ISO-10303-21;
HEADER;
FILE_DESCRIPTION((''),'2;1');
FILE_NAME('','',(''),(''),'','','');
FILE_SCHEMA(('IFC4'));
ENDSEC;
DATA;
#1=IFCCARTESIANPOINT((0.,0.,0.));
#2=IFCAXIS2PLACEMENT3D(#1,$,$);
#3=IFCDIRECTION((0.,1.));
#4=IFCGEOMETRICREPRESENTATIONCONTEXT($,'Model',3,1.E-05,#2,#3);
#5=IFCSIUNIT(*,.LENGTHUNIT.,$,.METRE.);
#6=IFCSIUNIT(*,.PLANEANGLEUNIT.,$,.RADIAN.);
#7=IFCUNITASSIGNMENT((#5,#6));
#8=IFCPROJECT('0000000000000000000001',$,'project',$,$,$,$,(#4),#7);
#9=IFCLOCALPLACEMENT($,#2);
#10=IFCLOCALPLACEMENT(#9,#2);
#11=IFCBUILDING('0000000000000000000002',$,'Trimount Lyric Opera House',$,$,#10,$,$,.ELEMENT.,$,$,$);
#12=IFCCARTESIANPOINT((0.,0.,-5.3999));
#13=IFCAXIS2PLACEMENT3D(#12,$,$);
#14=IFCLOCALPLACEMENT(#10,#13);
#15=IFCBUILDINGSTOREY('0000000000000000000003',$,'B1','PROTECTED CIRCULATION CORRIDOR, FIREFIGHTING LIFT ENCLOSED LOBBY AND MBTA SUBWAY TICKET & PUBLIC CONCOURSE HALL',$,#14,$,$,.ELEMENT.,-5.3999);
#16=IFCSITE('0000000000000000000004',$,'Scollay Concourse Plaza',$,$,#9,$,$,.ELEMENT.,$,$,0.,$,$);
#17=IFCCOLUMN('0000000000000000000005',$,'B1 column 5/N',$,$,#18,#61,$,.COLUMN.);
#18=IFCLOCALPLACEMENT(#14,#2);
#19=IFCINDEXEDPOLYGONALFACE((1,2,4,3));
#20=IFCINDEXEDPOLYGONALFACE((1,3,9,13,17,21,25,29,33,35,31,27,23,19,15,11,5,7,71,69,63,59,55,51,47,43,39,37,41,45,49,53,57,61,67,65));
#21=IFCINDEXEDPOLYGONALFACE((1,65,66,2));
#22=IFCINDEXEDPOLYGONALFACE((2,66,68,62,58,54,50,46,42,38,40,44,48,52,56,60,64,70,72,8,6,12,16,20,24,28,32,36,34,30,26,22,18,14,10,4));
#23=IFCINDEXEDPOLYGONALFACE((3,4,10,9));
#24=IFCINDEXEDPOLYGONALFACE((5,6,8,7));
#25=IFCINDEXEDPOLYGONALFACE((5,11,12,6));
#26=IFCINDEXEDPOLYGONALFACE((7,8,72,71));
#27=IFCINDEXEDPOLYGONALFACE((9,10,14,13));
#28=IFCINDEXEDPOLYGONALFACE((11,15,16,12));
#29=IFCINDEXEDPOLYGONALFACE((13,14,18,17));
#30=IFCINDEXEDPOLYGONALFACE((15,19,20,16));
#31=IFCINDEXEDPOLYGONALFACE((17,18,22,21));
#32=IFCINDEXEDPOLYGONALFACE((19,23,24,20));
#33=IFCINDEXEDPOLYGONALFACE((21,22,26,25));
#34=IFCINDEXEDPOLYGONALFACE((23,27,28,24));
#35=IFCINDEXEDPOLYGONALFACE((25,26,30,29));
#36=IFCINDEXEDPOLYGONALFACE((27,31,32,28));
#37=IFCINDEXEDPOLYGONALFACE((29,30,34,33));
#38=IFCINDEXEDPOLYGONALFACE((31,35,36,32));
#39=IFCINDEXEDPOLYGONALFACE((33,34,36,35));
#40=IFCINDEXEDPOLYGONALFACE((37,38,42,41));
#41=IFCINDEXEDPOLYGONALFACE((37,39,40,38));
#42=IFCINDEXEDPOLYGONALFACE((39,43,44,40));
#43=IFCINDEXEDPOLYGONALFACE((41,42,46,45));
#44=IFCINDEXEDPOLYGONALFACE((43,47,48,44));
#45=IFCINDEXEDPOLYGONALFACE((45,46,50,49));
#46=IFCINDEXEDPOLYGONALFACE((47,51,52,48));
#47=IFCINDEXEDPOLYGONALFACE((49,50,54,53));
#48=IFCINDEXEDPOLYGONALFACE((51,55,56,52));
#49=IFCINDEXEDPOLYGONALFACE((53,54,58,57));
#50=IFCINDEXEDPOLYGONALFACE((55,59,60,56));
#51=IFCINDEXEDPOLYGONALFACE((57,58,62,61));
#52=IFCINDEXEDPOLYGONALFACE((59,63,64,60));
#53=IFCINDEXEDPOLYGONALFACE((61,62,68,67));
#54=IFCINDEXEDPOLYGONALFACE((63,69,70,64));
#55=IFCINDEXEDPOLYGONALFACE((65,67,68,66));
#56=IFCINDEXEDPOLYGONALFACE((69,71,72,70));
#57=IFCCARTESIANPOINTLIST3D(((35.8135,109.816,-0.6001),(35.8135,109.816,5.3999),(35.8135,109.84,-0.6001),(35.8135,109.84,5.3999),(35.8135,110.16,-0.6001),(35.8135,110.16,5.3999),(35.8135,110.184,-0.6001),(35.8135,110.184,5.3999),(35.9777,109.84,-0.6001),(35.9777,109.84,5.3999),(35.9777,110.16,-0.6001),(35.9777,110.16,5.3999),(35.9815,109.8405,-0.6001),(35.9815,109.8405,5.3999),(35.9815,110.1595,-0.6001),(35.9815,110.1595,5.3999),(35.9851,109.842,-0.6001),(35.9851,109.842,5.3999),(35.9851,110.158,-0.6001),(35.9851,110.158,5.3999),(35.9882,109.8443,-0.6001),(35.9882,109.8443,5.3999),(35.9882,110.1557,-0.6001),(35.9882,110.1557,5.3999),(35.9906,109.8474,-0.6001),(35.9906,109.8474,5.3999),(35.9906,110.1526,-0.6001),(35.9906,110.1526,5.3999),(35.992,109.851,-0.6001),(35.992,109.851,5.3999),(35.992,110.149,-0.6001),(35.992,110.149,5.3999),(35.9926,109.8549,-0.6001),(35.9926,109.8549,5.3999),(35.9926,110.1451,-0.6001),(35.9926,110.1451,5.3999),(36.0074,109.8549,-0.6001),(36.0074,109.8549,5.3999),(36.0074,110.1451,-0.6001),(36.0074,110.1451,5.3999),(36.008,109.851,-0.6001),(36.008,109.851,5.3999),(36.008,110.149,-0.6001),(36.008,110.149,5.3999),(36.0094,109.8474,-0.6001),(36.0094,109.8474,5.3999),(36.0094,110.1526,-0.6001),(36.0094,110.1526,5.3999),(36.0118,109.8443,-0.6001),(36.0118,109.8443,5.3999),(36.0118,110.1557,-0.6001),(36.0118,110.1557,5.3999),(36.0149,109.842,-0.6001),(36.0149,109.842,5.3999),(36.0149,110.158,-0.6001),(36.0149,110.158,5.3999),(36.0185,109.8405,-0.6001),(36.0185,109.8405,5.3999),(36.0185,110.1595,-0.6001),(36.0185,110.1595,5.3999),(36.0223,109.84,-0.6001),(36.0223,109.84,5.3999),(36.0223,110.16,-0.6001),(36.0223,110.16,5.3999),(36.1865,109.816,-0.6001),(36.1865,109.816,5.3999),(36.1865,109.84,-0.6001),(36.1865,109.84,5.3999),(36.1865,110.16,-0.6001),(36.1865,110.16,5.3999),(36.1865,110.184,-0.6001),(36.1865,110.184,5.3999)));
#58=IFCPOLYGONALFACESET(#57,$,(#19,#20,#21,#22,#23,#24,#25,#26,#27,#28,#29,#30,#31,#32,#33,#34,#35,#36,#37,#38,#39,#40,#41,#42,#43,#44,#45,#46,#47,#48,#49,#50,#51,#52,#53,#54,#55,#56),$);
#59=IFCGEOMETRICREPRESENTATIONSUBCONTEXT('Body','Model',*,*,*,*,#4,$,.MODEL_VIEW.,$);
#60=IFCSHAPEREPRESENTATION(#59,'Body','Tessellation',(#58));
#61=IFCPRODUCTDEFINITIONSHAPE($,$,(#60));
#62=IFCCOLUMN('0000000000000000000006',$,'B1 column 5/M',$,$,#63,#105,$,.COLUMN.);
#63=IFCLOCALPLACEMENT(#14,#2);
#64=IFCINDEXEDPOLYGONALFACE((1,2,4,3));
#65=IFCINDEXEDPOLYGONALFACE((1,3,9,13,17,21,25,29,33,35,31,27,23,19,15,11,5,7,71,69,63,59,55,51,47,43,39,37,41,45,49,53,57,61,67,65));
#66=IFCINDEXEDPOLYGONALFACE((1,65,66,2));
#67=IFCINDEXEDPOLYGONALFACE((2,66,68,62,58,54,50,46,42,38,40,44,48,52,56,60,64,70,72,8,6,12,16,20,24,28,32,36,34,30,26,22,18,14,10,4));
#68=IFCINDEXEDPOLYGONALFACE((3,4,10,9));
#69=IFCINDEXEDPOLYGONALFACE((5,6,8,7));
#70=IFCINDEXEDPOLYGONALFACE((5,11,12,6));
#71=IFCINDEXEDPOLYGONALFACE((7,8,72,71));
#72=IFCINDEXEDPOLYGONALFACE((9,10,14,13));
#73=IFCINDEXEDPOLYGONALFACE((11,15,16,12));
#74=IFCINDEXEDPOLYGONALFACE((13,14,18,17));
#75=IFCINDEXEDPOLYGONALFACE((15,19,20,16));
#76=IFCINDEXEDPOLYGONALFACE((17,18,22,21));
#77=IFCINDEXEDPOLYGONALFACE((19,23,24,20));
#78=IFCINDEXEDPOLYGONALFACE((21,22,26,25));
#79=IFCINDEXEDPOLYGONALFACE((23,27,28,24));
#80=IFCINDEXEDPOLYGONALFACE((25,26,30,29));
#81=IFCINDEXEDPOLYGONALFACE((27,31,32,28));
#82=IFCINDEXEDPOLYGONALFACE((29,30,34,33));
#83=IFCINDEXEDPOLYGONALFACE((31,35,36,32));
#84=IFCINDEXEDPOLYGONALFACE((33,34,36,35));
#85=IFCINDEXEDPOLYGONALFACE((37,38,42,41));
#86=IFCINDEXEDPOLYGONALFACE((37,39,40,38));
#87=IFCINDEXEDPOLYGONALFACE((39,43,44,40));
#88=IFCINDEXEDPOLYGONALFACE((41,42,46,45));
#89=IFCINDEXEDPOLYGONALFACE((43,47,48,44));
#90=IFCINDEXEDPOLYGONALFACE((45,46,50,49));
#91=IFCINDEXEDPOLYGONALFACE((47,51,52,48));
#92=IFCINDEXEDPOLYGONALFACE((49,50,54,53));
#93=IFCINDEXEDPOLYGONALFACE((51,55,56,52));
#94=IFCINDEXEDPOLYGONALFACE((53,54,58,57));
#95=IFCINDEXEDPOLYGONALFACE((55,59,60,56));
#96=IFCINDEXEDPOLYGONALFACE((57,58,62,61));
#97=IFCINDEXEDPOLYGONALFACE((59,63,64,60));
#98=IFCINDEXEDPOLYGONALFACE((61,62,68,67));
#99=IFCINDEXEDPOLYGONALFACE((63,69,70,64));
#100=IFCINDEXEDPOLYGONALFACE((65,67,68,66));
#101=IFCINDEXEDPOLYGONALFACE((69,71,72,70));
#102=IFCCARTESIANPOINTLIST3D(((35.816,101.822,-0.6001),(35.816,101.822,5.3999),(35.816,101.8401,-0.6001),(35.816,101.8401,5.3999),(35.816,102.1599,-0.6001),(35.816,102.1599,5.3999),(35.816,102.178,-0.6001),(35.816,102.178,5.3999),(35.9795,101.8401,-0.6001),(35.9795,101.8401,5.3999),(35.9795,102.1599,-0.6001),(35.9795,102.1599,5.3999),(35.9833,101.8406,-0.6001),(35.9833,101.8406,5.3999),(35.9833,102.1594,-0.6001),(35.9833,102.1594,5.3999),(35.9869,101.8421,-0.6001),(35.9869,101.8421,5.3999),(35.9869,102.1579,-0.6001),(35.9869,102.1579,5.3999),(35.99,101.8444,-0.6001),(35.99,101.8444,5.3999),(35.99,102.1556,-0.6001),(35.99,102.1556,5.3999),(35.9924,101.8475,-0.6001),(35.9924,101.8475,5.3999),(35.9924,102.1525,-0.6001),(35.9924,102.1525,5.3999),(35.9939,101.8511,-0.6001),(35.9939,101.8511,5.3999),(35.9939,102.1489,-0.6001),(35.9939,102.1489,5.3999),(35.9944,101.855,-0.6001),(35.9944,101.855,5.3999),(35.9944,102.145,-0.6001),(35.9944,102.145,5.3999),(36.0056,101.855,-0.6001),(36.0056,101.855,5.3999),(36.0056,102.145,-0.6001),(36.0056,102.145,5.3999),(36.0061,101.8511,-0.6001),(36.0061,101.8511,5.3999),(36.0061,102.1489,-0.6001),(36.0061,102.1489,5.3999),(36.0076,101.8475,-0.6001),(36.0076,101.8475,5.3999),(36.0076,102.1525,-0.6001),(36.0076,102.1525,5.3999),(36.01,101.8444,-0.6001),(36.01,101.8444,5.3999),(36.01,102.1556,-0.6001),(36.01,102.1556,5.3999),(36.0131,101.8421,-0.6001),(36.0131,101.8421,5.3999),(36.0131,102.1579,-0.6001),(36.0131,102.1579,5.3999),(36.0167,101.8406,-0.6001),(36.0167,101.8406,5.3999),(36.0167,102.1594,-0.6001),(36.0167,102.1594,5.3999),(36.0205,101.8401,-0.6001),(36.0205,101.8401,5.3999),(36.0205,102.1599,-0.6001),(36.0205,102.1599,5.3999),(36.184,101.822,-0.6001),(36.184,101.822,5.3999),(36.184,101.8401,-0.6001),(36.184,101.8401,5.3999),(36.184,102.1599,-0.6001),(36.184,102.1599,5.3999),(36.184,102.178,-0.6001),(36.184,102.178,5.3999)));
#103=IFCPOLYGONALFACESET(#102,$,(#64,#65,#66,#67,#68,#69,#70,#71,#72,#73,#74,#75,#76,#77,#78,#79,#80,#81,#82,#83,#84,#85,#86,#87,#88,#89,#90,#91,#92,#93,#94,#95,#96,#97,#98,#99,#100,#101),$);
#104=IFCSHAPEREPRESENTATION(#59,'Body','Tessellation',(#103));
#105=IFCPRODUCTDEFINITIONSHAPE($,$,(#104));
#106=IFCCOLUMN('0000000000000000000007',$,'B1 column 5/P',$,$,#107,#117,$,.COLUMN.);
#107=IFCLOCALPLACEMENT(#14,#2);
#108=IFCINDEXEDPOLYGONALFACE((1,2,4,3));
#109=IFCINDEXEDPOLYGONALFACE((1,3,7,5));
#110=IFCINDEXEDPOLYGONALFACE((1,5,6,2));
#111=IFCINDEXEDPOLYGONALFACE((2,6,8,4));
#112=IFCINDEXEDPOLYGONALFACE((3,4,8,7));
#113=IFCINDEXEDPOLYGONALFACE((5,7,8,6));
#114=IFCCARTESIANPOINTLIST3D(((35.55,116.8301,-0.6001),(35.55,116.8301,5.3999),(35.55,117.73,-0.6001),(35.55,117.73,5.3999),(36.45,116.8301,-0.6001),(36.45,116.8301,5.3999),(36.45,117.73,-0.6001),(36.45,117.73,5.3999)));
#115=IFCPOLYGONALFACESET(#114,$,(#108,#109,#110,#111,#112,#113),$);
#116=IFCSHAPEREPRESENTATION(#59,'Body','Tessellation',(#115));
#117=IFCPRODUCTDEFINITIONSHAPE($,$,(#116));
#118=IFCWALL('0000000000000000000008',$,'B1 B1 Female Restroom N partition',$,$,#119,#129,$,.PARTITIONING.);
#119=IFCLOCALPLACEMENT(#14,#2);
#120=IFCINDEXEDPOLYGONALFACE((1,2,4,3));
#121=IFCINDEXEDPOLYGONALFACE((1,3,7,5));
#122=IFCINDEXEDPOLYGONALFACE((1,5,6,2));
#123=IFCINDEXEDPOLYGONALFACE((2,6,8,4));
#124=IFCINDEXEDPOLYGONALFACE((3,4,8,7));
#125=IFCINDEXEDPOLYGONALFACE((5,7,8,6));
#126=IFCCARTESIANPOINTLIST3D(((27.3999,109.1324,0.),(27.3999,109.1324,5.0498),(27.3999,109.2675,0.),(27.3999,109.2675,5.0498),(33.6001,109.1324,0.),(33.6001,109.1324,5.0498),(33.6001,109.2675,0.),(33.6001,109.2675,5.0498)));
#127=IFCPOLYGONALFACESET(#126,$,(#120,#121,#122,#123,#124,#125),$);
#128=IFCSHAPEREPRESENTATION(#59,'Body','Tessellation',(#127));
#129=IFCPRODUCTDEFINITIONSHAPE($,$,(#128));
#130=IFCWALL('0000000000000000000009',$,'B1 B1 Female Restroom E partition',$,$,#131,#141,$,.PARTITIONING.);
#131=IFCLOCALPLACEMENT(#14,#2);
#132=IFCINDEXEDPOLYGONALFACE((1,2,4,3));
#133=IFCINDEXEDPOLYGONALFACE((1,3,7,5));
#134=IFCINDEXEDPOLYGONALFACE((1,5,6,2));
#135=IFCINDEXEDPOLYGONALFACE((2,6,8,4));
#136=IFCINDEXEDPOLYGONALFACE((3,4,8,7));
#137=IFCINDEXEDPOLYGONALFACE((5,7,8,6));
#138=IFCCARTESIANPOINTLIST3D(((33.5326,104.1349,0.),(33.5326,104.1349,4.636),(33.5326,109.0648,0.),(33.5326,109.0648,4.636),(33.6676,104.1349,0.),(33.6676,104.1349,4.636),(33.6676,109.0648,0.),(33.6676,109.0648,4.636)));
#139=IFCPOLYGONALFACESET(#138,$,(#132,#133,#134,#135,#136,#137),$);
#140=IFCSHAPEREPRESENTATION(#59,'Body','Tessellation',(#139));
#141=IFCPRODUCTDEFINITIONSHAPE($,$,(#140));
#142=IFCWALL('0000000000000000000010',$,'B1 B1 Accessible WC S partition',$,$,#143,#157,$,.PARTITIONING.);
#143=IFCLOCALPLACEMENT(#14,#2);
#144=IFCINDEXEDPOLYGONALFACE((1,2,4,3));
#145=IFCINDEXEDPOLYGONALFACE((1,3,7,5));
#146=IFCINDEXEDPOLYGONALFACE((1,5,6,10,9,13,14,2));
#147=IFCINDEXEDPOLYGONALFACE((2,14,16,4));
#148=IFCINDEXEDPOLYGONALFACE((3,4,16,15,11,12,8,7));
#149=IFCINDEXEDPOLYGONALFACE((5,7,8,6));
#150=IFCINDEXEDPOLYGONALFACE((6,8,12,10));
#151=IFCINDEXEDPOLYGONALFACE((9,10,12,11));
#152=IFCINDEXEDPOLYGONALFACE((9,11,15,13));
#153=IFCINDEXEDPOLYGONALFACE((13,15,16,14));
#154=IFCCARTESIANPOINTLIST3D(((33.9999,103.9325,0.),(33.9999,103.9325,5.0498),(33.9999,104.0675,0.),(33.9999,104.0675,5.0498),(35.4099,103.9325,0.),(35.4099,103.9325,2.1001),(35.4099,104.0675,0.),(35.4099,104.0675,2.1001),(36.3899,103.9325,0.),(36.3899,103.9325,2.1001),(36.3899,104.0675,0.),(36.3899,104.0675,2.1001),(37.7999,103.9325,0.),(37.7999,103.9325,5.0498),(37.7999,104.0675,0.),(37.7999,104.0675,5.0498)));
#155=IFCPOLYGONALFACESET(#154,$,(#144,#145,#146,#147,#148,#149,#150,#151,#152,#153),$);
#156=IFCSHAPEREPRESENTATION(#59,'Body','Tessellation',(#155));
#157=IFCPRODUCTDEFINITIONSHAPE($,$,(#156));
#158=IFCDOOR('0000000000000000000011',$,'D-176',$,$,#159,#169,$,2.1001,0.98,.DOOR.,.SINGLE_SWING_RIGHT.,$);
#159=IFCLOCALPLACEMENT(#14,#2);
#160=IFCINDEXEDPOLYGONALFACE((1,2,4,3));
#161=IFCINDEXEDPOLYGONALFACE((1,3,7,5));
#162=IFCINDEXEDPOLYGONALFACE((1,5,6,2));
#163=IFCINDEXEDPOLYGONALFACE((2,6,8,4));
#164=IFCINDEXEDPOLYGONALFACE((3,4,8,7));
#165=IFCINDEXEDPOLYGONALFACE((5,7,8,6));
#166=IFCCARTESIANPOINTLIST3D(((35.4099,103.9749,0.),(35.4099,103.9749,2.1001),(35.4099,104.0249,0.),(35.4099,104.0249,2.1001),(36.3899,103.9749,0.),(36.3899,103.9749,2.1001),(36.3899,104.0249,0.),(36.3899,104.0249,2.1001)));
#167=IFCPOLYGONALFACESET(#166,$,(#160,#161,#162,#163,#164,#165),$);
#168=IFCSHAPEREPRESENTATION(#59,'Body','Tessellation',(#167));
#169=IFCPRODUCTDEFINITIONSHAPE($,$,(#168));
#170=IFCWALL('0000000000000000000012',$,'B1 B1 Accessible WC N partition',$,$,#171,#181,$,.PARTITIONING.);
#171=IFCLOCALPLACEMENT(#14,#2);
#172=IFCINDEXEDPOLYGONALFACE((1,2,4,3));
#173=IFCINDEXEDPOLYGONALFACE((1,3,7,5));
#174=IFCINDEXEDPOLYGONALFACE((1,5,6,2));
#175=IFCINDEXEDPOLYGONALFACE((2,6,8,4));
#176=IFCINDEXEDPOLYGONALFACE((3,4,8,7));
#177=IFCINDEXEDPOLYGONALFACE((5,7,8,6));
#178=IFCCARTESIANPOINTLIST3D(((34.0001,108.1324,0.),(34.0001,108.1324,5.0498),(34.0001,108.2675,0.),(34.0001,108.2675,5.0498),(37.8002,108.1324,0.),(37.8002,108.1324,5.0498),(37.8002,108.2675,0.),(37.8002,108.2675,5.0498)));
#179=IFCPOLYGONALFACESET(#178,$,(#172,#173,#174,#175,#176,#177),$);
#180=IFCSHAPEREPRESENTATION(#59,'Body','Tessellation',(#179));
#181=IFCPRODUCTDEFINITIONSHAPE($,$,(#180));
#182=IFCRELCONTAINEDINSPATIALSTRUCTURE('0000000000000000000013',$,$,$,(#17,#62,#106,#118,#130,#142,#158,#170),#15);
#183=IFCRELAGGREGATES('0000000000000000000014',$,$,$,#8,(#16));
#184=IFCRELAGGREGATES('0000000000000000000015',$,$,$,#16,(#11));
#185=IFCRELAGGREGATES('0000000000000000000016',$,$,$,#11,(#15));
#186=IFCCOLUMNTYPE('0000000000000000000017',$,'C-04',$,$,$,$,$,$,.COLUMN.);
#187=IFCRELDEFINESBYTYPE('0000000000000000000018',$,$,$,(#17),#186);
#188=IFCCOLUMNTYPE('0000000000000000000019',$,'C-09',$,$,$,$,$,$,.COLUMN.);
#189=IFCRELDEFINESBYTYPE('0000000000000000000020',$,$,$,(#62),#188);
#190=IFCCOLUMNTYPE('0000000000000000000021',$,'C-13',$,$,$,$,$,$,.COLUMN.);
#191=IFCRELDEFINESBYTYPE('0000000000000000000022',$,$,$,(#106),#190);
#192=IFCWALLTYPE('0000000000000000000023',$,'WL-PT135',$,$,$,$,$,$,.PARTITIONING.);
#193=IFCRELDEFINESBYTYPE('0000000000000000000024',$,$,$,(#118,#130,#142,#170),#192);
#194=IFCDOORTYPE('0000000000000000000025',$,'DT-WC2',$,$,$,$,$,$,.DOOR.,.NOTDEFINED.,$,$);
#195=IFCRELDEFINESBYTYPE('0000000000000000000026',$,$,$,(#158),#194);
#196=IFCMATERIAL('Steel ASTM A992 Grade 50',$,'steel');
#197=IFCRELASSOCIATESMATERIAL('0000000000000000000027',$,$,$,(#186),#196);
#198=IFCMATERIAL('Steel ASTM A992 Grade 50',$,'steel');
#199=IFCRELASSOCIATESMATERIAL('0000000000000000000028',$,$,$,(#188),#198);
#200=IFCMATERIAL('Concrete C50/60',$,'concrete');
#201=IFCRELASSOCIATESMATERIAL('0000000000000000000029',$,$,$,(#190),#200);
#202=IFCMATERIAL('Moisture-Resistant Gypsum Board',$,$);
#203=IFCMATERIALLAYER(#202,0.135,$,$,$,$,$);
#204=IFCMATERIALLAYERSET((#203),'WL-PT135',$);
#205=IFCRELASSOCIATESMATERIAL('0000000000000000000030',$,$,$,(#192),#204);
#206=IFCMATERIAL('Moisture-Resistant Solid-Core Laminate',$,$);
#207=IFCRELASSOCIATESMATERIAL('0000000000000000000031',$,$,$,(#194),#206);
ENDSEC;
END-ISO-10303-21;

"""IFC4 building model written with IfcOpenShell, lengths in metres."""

from ifc_helpers import new_model, si_unit, direction, frame, frame_2d, origin, origin_2d, place, context, subcontext, project, spatial, rectangle, i_section, extrude, material, layer, layer_set, material_profile, profile_set, type_object, element, fill, save


model = new_model("IFC4")

# Units and contexts
model_context = context("Model", 3, precision=1e-05, world=origin(), true_north=direction((0.0, 1.0)))
body_context = subcontext(model_context, "Body", "Model", "MODEL_VIEW")
ifc_project = project(units=[si_unit("LENGTHUNIT", "METRE"), si_unit("PLANEANGLEUNIT", "RADIAN")], contexts=[model_context])

# Site, building, storey
site_placement = place(None, origin())
site = spatial("IfcSite", under=ifc_project, at=site_placement, Name="Scollay Concourse Plaza", CompositionType="ELEMENT", RefElevation=0.0)
building_placement = place(site_placement, origin())
building = spatial("IfcBuilding", under=site, at=building_placement, Name="Trimount Lyric Opera House", CompositionType="ELEMENT")
storey_placement = place(building_placement, frame((0.0, 0.0, -5.3999)))
storey = spatial("IfcBuildingStorey", under=building, at=storey_placement, Name="B1", Description="PROTECTED CIRCULATION CORRIDOR, FIREFIGHTING LIFT ENCLOSED LOBBY AND MBTA SUBWAY TICKET & PUBLIC CONCOURSE HALL", CompositionType="ELEMENT", Elevation=-5.3999)

# Columns
ifc_material_1 = material(Name="Steel ASTM A992 Grade 50", Category="steel")
ifc_material_profile_1 = material_profile(ifc_material_1, i_section(OverallWidth=0.373, OverallDepth=0.3679, WebThickness=0.0149, FlangeThickness=0.0239, FilletRadius=0.0149, at=origin_2d()), Name="W14X120")
ifc_profile_set_1 = profile_set([ifc_material_profile_1], Name="Steel ASTM A992 Grade 50")
column_type_1 = type_object("IfcColumnType", Name="C-04", PredefinedType="COLUMN", material=ifc_profile_set_1)
column_1_placement = place(storey_placement, frame((36.0, 110.0, -0.6001), z_axis=(0.0, 0.0, 1.0), x_axis=(1.0, 0.0, 0.0)))
element("IfcColumn", 1, at=column_1_placement, inside=storey, type_object=column_type_1, Name="B1 column 5/N", PredefinedType="COLUMN", context=body_context, shape_type="SweptSolid", body=[
    extrude(i_section(OverallWidth=0.373, OverallDepth=0.3679, WebThickness=0.0149, FlangeThickness=0.0239, FilletRadius=0.0149, at=origin_2d()), origin(), (0.0, 0.0, 1.0), 6.0),
])
ifc_material_2 = material(Name="Steel ASTM A992 Grade 50", Category="steel")
ifc_material_profile_2 = material_profile(ifc_material_2, i_section(OverallWidth=0.3679, OverallDepth=0.356, WebThickness=0.0112, FlangeThickness=0.0181, FilletRadius=0.0149, at=origin_2d()), Name="W14X90")
ifc_profile_set_2 = profile_set([ifc_material_profile_2], Name="Steel ASTM A992 Grade 50")
column_type_2 = type_object("IfcColumnType", Name="C-09", PredefinedType="COLUMN", material=ifc_profile_set_2)
column_2_placement = place(storey_placement, frame((36.0, 102.0, -0.6001), z_axis=(0.0, 0.0, 1.0), x_axis=(1.0, 0.0, 0.0)))
element("IfcColumn", 2, at=column_2_placement, inside=storey, type_object=column_type_2, Name="B1 column 5/M", PredefinedType="COLUMN", context=body_context, shape_type="SweptSolid", body=[
    extrude(i_section(OverallWidth=0.3679, OverallDepth=0.356, WebThickness=0.0112, FlangeThickness=0.0181, FilletRadius=0.0149, at=origin_2d()), origin(), (0.0, 0.0, 1.0), 6.0),
])
ifc_material_3 = material(Name="Concrete C50/60", Category="concrete")
ifc_material_profile_3 = material_profile(ifc_material_3, rectangle(XDim=0.8999, YDim=0.8999, at=origin_2d()), Name="RC900X900")
ifc_profile_set_3 = profile_set([ifc_material_profile_3], Name="Concrete C50/60")
column_type_3 = type_object("IfcColumnType", Name="C-13", PredefinedType="COLUMN", material=ifc_profile_set_3)
column_3_placement = place(storey_placement, frame((36.0, 117.28, -0.6001), z_axis=(0.0, 0.0, 1.0), x_axis=(1.0, 0.0, 0.0)))
element("IfcColumn", 3, at=column_3_placement, inside=storey, type_object=column_type_3, Name="B1 column 5/P", PredefinedType="COLUMN", context=body_context, shape_type="SweptSolid", body=[
    extrude(rectangle(XDim=0.8999, YDim=0.8999, at=origin_2d()), origin(), (0.0, 0.0, 1.0), 6.0),
])

# Walls
ifc_material_4 = material(Name="Moisture-Resistant Gypsum Board")
ifc_layer_1 = layer(ifc_material_4, 0.135)
ifc_layer_set_1 = layer_set([ifc_layer_1], Name="WL-PT135")
wall_type_1 = type_object("IfcWallType", Name="WL-PT135", PredefinedType="PARTITIONING", material=ifc_layer_set_1)
wall_1_placement = place(storey_placement, frame((33.6001, 109.2, 0.0), z_axis=(0.0, 0.0, 1.0), x_axis=(-1.0, 0.0, 0.0)))
element("IfcWall", 4, at=wall_1_placement, inside=storey, type_object=wall_type_1, Name="B1 B1 Female Restroom N partition", PredefinedType="PARTITIONING", context=body_context, shape_type="SweptSolid", body=[
    extrude(rectangle(XDim=6.2002, YDim=0.135, at=frame_2d((3.1001, 0.0))), origin(), (0.0, 0.0, 1.0), 5.0498),
])
wall_2_placement = place(storey_placement, frame((33.6001, 104.135, 0.0), z_axis=(0.0, 0.0, 1.0), x_axis=(0.0, 1.0, 0.0)))
element("IfcWall", 5, at=wall_2_placement, inside=storey, type_object=wall_type_1, Name="B1 B1 Female Restroom E partition", PredefinedType="PARTITIONING", context=body_context, shape_type="SweptSolid", body=[
    extrude(rectangle(XDim=4.9299, YDim=0.135, at=frame_2d((2.4648, 0.0))), origin(), (0.0, 0.0, 1.0), 4.636),
])

# Wall, opening, door
wall_3_placement = place(storey_placement, frame((34.0, 104.0, 0.0), z_axis=(0.0, 0.0, 1.0), x_axis=(1.0, 0.0, 0.0)))
wall_3 = element("IfcWall", 6, at=wall_3_placement, inside=storey, type_object=wall_type_1, Name="B1 B1 Accessible WC S partition", PredefinedType="PARTITIONING", context=body_context, shape_type="SweptSolid", body=[
    extrude(rectangle(XDim=3.8, YDim=0.135, at=frame_2d((1.8999, 0.0))), origin(), (0.0, 0.0, 1.0), 5.0498),
])
opening_placement = place(wall_3_placement, frame((1.4099, 0.0, 0.0)))
opening = element("IfcOpeningElement", 7, at=opening_placement, cuts=wall_3, PredefinedType="OPENING", context=body_context, shape_type="SweptSolid", body=[
    extrude(rectangle(XDim=0.98, YDim=2.1001, at=frame_2d((0.49, 1.05))), frame((0.0, 0.0776, 0.0), z_axis=(0.0, -1.0, 0.0), x_axis=(1.0, 0.0, 0.0)), (0.0, 0.0, 1.0), 0.155),
])
ifc_material_5 = material(Name="Moisture-Resistant Solid-Core Laminate")
door_type = type_object("IfcDoorType", Name="DT-WC2", OperationType="NOTDEFINED", PredefinedType="DOOR", material=ifc_material_5)
door_placement = place(opening_placement, origin())
door = element("IfcDoor", 8, at=door_placement, inside=storey, type_object=door_type, Name="D-176", OperationType="SINGLE_SWING_RIGHT", OverallHeight=2.1001, OverallWidth=0.98, PredefinedType="DOOR", context=body_context, shape_type="SweptSolid", body=[
    extrude(rectangle(XDim=0.98, YDim=2.1001, at=frame_2d((0.49, 1.05))), frame((0.0, 0.0249, 0.0), z_axis=(0.0, -1.0, 0.0), x_axis=(1.0, 0.0, 0.0)), (0.0, 0.0, 1.0), 0.05),
])
fill(opening, door)

# Wall
wall_4_placement = place(storey_placement, frame((37.8, 108.2, 0.0), z_axis=(0.0, 0.0, 1.0), x_axis=(-1.0, 0.0, 0.0)))
element("IfcWall", 9, at=wall_4_placement, inside=storey, type_object=wall_type_1, Name="B1 B1 Accessible WC N partition", PredefinedType="PARTITIONING", context=body_context, shape_type="SweptSolid", body=[
    extrude(rectangle(XDim=3.8, YDim=0.135, at=frame_2d((1.8999, 0.0))), origin(), (0.0, 0.0, 1.0), 5.0498),
])

save(model, "model.ifc")
